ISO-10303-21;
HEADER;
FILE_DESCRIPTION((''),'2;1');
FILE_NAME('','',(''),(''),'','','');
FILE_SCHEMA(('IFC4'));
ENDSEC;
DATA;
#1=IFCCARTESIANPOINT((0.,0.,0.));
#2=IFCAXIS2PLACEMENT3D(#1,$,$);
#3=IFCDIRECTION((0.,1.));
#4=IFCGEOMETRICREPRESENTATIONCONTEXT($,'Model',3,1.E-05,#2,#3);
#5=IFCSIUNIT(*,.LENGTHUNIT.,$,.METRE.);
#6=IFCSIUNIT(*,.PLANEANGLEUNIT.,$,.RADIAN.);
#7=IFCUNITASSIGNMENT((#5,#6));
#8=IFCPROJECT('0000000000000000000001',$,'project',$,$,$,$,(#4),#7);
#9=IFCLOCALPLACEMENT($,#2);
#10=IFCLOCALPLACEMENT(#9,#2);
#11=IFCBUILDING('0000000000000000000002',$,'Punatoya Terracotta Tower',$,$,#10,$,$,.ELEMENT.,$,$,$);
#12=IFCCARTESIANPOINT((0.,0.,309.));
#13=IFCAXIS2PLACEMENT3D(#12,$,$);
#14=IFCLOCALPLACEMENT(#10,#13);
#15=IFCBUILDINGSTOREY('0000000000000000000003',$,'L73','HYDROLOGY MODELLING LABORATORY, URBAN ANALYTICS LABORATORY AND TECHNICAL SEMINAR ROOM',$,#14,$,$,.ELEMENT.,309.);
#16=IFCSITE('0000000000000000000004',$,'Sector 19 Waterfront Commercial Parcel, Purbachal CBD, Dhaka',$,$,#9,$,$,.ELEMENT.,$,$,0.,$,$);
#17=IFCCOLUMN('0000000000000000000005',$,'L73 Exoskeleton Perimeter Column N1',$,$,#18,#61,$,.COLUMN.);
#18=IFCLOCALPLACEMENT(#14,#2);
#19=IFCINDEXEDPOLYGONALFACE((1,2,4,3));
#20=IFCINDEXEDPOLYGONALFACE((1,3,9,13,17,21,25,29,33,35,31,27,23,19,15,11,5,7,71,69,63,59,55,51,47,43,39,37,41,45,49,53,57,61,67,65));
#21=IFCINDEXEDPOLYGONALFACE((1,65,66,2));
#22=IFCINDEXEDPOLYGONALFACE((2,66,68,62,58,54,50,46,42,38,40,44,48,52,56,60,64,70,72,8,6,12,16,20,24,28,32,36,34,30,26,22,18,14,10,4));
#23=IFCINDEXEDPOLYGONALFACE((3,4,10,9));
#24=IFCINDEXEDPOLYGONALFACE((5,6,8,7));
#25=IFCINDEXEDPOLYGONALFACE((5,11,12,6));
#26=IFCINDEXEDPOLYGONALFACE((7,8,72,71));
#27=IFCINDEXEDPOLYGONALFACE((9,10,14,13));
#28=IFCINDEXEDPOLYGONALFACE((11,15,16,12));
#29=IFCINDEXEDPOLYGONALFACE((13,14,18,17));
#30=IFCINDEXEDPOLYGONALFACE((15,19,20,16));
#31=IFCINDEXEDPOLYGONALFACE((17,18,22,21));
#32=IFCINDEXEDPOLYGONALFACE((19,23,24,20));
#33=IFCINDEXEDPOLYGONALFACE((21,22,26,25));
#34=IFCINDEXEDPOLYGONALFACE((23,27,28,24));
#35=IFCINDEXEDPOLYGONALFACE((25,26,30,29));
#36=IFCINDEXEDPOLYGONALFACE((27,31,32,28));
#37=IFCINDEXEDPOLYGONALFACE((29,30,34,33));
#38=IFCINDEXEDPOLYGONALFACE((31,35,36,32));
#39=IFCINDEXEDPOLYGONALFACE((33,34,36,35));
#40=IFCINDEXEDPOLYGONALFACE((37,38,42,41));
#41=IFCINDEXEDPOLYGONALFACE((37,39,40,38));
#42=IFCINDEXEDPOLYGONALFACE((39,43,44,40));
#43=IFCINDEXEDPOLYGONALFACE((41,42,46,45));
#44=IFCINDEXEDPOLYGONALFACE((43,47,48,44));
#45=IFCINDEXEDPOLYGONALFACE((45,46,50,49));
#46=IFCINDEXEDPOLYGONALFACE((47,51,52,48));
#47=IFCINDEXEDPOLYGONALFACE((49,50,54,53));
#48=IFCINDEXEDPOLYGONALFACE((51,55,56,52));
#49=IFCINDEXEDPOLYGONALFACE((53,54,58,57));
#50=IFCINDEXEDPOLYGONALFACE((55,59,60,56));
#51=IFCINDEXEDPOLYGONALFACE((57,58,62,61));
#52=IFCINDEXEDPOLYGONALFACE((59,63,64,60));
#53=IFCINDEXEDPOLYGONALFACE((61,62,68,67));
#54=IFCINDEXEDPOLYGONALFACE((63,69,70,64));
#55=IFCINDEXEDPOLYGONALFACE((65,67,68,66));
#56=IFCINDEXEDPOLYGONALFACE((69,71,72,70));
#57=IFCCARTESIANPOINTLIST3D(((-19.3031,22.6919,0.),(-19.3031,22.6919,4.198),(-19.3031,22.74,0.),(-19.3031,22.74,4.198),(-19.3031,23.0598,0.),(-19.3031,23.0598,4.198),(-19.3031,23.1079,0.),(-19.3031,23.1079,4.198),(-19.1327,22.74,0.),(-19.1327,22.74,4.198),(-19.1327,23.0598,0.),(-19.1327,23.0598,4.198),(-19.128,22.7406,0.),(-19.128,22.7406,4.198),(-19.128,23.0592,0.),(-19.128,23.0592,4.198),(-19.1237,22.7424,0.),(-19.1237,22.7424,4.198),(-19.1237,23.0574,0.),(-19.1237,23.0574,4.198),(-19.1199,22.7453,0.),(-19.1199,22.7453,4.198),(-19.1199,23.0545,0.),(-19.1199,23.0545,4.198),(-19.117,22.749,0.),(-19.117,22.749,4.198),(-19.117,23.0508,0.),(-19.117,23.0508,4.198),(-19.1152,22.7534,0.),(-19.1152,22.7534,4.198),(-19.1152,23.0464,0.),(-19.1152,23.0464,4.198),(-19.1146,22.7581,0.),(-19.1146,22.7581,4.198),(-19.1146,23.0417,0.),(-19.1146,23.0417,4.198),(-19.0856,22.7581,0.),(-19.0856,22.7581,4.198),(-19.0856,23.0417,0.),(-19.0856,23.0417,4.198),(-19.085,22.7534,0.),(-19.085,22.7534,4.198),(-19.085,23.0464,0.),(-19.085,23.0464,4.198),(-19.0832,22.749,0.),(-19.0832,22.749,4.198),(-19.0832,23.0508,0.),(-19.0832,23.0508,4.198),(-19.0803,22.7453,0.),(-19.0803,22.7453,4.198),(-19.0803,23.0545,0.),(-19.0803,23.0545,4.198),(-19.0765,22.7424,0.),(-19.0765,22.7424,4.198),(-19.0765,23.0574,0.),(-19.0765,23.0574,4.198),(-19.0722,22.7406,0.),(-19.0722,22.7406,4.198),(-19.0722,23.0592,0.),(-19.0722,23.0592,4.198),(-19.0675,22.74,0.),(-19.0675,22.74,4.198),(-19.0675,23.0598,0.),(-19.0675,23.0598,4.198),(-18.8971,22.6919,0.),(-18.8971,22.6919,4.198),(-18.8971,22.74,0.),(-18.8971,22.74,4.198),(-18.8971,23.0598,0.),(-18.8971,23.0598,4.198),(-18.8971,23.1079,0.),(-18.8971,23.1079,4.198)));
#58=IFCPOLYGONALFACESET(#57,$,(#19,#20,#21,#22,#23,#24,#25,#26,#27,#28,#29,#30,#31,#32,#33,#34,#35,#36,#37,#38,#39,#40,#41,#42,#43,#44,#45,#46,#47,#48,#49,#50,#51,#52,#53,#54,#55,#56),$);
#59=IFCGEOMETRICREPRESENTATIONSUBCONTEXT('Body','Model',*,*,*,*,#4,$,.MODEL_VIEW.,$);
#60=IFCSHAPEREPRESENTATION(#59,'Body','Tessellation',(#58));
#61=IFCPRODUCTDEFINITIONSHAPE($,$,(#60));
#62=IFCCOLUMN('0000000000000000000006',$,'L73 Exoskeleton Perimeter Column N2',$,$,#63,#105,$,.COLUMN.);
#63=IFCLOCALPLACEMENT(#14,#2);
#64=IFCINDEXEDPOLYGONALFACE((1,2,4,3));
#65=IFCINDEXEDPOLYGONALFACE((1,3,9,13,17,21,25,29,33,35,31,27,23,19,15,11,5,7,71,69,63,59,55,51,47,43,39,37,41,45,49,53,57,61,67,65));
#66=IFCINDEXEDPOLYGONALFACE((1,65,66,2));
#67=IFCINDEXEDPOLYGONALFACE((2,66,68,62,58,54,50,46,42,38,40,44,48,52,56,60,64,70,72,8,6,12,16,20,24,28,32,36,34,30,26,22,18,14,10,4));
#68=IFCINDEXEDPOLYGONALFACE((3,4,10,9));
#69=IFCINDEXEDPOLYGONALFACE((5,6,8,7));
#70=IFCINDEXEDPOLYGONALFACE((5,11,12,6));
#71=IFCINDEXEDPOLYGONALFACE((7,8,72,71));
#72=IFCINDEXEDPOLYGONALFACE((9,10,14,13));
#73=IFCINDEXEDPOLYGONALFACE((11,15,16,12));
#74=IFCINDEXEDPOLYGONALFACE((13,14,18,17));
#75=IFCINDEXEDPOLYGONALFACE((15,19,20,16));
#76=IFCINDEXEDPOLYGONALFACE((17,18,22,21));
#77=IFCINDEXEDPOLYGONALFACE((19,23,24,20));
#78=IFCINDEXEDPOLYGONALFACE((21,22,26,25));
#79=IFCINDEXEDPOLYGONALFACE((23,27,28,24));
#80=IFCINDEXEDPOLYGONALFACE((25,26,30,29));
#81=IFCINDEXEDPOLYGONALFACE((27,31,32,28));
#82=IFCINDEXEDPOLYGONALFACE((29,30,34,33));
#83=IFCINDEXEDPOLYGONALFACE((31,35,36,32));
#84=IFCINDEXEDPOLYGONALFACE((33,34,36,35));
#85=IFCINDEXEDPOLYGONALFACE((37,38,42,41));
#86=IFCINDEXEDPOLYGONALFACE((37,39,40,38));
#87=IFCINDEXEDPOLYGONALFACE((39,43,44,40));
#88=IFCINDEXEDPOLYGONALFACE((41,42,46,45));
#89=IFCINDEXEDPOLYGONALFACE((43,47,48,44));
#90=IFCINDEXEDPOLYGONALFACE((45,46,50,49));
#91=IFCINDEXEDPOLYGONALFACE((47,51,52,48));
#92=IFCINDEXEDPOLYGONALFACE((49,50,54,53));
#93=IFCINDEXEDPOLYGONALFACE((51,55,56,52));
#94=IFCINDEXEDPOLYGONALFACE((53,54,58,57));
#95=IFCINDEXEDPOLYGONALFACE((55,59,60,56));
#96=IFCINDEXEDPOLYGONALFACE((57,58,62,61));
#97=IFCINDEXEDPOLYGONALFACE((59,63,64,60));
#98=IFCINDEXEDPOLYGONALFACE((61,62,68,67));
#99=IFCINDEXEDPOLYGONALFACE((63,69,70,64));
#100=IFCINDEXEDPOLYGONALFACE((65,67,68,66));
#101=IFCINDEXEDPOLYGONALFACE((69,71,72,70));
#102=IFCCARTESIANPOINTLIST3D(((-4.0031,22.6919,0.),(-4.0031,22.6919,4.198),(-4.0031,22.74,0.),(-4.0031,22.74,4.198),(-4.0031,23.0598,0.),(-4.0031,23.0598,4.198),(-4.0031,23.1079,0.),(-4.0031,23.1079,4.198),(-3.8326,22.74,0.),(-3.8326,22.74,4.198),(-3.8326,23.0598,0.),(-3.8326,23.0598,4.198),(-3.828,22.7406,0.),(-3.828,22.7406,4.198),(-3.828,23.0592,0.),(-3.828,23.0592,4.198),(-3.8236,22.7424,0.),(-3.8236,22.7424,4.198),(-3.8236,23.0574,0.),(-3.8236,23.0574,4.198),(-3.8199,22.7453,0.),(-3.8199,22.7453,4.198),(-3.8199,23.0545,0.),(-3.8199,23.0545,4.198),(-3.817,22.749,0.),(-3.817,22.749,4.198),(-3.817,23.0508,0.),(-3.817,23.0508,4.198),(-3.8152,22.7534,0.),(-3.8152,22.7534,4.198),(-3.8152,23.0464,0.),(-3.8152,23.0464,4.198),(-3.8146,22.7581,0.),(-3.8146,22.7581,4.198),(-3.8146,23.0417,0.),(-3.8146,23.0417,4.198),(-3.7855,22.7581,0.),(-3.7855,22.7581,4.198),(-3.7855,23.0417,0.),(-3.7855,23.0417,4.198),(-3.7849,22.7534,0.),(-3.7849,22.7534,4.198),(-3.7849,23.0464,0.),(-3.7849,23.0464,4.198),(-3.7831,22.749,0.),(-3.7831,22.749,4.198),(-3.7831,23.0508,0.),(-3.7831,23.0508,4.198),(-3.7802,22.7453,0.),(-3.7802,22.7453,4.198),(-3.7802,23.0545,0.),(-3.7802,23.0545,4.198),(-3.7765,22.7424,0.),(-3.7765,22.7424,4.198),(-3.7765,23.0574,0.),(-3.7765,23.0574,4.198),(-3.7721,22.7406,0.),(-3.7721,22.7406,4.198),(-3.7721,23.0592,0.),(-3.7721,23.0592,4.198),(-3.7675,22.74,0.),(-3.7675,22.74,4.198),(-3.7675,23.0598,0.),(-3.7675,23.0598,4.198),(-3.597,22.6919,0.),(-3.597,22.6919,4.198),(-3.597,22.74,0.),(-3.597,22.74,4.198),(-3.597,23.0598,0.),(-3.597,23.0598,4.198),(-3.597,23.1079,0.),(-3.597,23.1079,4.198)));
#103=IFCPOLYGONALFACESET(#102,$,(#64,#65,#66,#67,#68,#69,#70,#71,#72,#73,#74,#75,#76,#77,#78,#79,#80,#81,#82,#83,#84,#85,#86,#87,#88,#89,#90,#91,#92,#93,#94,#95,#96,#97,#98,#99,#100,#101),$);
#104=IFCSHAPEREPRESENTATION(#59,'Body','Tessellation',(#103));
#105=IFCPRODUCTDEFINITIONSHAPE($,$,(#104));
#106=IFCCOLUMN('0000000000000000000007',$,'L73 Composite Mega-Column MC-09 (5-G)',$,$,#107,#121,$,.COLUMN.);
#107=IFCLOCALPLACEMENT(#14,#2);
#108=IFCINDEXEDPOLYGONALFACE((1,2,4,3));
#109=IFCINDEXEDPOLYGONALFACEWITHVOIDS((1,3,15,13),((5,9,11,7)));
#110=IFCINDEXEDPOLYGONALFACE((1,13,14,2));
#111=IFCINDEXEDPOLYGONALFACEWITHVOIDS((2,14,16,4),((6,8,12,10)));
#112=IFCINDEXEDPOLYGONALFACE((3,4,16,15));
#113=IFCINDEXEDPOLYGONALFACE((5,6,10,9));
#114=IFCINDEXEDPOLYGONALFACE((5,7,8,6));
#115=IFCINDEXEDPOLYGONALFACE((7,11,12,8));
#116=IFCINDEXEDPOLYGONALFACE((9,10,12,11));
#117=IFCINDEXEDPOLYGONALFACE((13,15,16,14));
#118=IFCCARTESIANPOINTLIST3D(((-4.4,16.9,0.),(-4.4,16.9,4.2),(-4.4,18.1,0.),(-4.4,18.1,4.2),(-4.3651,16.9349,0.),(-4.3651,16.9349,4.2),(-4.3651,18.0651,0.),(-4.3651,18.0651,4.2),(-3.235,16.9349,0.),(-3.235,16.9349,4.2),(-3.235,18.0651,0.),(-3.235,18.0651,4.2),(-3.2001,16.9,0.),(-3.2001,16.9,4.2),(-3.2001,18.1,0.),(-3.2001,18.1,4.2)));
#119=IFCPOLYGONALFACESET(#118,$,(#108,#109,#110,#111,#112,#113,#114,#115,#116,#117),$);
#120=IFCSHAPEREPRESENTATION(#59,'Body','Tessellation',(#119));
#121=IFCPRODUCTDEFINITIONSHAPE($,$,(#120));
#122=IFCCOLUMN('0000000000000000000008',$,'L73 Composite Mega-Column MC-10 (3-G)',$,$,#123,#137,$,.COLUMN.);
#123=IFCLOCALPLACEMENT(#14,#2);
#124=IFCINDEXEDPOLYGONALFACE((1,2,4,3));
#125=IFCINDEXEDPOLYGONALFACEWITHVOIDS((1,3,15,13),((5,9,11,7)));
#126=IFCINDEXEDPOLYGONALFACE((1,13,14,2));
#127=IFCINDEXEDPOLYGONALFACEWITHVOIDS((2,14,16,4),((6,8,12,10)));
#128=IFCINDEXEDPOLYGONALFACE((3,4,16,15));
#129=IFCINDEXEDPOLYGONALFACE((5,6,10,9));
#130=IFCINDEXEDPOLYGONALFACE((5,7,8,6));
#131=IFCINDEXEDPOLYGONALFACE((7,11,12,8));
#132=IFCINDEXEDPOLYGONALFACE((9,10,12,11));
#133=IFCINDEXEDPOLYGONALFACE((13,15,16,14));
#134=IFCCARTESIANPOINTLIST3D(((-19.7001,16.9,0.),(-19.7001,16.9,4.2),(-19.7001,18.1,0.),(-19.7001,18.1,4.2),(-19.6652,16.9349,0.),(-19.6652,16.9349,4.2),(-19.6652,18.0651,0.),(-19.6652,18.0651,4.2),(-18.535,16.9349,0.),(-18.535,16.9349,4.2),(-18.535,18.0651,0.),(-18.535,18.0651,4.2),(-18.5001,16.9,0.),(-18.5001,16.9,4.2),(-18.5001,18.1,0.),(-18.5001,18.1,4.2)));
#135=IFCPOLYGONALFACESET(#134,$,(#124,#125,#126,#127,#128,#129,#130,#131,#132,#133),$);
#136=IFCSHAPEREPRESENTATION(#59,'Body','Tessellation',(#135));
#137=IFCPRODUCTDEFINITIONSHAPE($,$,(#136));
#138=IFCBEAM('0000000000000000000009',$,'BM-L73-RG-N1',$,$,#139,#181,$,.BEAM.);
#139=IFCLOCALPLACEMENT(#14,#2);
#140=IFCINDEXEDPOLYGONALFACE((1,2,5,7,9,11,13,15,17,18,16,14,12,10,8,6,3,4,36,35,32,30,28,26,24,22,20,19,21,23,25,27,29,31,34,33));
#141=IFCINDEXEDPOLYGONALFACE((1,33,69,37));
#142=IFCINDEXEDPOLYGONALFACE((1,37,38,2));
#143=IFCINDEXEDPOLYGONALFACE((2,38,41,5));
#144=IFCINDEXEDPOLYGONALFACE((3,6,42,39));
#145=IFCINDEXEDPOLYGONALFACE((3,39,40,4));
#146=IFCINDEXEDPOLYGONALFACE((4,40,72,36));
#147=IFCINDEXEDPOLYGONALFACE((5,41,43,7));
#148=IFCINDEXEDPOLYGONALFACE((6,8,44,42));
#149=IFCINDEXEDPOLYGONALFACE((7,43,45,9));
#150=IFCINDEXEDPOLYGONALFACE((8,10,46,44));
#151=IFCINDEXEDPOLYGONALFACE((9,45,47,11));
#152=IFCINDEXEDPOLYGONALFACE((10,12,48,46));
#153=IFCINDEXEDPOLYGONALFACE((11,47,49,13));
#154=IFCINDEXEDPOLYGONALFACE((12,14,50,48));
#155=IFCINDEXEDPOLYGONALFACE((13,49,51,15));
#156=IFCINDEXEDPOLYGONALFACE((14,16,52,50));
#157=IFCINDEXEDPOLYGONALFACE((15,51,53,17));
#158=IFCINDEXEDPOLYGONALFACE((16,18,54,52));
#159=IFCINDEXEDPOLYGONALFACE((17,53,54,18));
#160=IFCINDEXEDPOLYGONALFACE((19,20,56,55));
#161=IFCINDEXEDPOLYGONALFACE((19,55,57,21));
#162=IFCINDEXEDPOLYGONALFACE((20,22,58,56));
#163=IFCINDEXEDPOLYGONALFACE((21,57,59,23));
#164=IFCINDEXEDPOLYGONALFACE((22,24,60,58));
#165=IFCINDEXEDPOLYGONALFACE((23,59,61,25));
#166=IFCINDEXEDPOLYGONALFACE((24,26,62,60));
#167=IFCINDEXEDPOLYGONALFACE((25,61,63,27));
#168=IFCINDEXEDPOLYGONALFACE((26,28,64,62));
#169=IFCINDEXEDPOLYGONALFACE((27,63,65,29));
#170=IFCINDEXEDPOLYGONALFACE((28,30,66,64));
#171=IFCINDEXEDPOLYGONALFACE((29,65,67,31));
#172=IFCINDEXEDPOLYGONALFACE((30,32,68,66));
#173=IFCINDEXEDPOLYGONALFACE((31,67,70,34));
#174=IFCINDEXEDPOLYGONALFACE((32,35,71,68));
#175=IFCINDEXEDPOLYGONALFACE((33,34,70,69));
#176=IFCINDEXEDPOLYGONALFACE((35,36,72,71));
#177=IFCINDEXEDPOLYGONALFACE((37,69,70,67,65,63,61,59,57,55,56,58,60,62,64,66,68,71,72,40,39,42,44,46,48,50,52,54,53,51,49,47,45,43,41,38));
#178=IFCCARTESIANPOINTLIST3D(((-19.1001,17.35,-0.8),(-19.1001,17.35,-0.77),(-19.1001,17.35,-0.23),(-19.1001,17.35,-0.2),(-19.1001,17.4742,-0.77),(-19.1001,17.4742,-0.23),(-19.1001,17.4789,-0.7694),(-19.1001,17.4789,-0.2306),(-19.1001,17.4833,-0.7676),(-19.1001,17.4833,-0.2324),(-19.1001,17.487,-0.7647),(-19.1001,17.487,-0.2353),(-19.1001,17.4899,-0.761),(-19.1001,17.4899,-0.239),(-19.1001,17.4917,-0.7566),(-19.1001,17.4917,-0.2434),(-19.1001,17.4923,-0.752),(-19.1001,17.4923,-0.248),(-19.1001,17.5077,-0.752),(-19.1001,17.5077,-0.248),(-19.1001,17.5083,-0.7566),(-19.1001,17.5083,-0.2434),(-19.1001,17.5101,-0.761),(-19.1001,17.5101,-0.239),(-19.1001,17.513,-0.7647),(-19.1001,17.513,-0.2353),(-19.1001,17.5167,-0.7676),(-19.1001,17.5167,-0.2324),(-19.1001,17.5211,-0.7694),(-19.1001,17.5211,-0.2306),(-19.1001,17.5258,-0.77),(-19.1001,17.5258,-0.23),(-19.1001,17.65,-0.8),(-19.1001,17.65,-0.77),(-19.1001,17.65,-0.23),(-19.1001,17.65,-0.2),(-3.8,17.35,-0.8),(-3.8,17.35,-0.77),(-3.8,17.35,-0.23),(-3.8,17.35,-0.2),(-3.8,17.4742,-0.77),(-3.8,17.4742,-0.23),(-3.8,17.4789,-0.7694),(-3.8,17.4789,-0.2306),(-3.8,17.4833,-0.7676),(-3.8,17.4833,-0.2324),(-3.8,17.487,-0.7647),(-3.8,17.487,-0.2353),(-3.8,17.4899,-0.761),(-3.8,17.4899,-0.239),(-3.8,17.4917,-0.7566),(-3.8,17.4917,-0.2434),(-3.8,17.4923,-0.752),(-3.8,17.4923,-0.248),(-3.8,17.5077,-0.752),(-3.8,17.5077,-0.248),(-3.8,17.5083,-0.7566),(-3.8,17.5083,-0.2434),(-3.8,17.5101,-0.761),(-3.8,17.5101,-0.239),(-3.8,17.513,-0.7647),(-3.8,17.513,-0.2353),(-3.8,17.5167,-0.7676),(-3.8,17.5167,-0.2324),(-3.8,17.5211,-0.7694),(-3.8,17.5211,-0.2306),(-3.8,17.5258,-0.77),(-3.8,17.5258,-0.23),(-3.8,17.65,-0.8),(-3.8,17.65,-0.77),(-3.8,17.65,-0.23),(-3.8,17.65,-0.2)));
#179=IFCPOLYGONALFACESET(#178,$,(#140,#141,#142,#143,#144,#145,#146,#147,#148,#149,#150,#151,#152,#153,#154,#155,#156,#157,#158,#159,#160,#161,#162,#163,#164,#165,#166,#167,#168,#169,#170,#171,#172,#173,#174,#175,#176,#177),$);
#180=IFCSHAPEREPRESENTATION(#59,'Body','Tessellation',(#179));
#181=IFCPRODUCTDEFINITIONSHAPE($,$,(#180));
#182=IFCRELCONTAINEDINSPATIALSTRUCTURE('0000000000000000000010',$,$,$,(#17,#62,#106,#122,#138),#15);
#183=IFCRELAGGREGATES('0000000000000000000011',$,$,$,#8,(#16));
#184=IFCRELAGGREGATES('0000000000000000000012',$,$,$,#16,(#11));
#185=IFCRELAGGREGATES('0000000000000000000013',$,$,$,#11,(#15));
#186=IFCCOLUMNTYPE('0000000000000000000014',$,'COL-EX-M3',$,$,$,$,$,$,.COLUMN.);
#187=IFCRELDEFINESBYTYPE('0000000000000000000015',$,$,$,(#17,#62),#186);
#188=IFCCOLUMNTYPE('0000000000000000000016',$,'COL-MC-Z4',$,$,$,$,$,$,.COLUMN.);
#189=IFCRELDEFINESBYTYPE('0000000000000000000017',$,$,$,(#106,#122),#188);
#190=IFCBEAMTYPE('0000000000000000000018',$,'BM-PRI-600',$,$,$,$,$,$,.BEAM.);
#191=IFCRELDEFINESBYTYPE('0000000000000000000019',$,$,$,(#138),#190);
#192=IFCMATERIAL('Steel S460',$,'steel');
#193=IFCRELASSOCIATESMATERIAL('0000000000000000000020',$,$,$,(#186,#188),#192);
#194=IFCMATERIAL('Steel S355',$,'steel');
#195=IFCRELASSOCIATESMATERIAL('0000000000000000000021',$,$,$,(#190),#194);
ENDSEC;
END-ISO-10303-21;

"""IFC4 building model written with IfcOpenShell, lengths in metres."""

from ifc_helpers import new_model, si_unit, direction, frame, origin, origin_2d, place, context, subcontext, project, spatial, hollow_rectangle, i_section, extrude, material, material_profile, profile_set, type_object, element, save


model = new_model("IFC4")

# Units and contexts
model_context = context("Model", 3, precision=1e-05, world=origin(), true_north=direction((0.0, 1.0)))
body_context = subcontext(model_context, "Body", "Model", "MODEL_VIEW")
ifc_project = project(units=[si_unit("LENGTHUNIT", "METRE"), si_unit("PLANEANGLEUNIT", "RADIAN")], contexts=[model_context])

# Site, building, storey
site_placement = place(None, origin())
site = spatial("IfcSite", under=ifc_project, at=site_placement, Name="Sector 19 Waterfront Commercial Parcel, Purbachal CBD, Dhaka", CompositionType="ELEMENT", RefElevation=0.0)
building_placement = place(site_placement, origin())
building = spatial("IfcBuilding", under=site, at=building_placement, Name="Punatoya Terracotta Tower", CompositionType="ELEMENT")
storey_placement = place(building_placement, frame((0.0, 0.0, 309.0)))
storey = spatial("IfcBuildingStorey", under=building, at=storey_placement, Name="L73", Description="HYDROLOGY MODELLING LABORATORY, URBAN ANALYTICS LABORATORY AND TECHNICAL SEMINAR ROOM", CompositionType="ELEMENT", Elevation=309.0)

# Columns
ifc_material_1 = material(Name="Steel S460", Category="steel")
ifc_material_profile_1 = material_profile(ifc_material_1, i_section(OverallWidth=0.406, OverallDepth=0.416, WebThickness=0.0291, FlangeThickness=0.0481, FilletRadius=0.0181, at=origin_2d()))
ifc_profile_set_1 = profile_set([ifc_material_profile_1], Name="Steel S460")
column_type_1 = type_object("IfcColumnType", Name="COL-EX-M3", PredefinedType="COLUMN", material=ifc_profile_set_1)
for number, where, z_axis, x_axis, name in (
    (1, (-19.1001, 22.8999, 0.0), (0.0, 0.0, 1.0), (1.0, 0.0, 0.0), "L73 Exoskeleton Perimeter Column N1"),
    (2, (-3.8, 22.8999, 0.0), (0.0, 0.0, 1.0), (1.0, 0.0, 0.0), "L73 Exoskeleton Perimeter Column N2"),
):
    element("IfcColumn", number, at=place(storey_placement, frame(where, z_axis=z_axis, x_axis=x_axis)), inside=storey, type_object=column_type_1, Name=name, PredefinedType="COLUMN", context=body_context, shape_type="SweptSolid", body=[
        extrude(i_section(OverallWidth=0.406, OverallDepth=0.416, WebThickness=0.0291, FlangeThickness=0.0481, FilletRadius=0.0181, at=origin_2d()), origin(), (0.0, 0.0, 1.0), 4.198),
    ])
ifc_material_profile_2 = material_profile(ifc_material_1, hollow_rectangle(XDim=1.2, YDim=1.2, WallThickness=0.0349, at=origin_2d()))
ifc_profile_set_2 = profile_set([ifc_material_profile_2], Name="Steel S460")
column_type_2 = type_object("IfcColumnType", Name="COL-MC-Z4", PredefinedType="COLUMN", material=ifc_profile_set_2)
for number, where, z_axis, x_axis, name in (
    (3, (-3.8, 17.5, 0.0), (0.0, 0.0, 1.0), (1.0, 0.0, 0.0), "L73 Composite Mega-Column MC-09 (5-G)"),
    (4, (-19.1001, 17.5, 0.0), (0.0, 0.0, 1.0), (1.0, 0.0, 0.0), "L73 Composite Mega-Column MC-10 (3-G)"),
):
    element("IfcColumn", number, at=place(storey_placement, frame(where, z_axis=z_axis, x_axis=x_axis)), inside=storey, type_object=column_type_2, Name=name, PredefinedType="COLUMN", context=body_context, shape_type="SweptSolid", body=[
        extrude(hollow_rectangle(XDim=1.2, YDim=1.2, WallThickness=0.0349, at=origin_2d()), origin(), (0.0, 0.0, 1.0), 4.2),
    ])

# Beam
ifc_material_2 = material(Name="Steel S355", Category="steel")
ifc_material_profile_3 = material_profile(ifc_material_2, i_section(OverallWidth=0.3, OverallDepth=0.6001, WebThickness=0.0154, FlangeThickness=0.03, FilletRadius=0.0181, at=origin_2d()))
ifc_profile_set_3 = profile_set([ifc_material_profile_3], Name="Steel S355")
beam_type_1 = type_object("IfcBeamType", Name="BM-PRI-600", PredefinedType="BEAM", material=ifc_profile_set_3)
beam_1_placement = place(storey_placement, frame((-19.1001, 17.5, -0.5), z_axis=(1.0, 0.0, 0.0), x_axis=(0.0, 1.0, 0.0)))
element("IfcBeam", 5, at=beam_1_placement, inside=storey, type_object=beam_type_1, Name="BM-L73-RG-N1", PredefinedType="BEAM", context=body_context, shape_type="SweptSolid", body=[
    extrude(i_section(OverallWidth=0.3, OverallDepth=0.6001, WebThickness=0.0154, FlangeThickness=0.03, FilletRadius=0.0181, at=origin_2d()), origin(), (0.0, 0.0, 1.0), 15.3),
])

save(model, "model.ifc")
